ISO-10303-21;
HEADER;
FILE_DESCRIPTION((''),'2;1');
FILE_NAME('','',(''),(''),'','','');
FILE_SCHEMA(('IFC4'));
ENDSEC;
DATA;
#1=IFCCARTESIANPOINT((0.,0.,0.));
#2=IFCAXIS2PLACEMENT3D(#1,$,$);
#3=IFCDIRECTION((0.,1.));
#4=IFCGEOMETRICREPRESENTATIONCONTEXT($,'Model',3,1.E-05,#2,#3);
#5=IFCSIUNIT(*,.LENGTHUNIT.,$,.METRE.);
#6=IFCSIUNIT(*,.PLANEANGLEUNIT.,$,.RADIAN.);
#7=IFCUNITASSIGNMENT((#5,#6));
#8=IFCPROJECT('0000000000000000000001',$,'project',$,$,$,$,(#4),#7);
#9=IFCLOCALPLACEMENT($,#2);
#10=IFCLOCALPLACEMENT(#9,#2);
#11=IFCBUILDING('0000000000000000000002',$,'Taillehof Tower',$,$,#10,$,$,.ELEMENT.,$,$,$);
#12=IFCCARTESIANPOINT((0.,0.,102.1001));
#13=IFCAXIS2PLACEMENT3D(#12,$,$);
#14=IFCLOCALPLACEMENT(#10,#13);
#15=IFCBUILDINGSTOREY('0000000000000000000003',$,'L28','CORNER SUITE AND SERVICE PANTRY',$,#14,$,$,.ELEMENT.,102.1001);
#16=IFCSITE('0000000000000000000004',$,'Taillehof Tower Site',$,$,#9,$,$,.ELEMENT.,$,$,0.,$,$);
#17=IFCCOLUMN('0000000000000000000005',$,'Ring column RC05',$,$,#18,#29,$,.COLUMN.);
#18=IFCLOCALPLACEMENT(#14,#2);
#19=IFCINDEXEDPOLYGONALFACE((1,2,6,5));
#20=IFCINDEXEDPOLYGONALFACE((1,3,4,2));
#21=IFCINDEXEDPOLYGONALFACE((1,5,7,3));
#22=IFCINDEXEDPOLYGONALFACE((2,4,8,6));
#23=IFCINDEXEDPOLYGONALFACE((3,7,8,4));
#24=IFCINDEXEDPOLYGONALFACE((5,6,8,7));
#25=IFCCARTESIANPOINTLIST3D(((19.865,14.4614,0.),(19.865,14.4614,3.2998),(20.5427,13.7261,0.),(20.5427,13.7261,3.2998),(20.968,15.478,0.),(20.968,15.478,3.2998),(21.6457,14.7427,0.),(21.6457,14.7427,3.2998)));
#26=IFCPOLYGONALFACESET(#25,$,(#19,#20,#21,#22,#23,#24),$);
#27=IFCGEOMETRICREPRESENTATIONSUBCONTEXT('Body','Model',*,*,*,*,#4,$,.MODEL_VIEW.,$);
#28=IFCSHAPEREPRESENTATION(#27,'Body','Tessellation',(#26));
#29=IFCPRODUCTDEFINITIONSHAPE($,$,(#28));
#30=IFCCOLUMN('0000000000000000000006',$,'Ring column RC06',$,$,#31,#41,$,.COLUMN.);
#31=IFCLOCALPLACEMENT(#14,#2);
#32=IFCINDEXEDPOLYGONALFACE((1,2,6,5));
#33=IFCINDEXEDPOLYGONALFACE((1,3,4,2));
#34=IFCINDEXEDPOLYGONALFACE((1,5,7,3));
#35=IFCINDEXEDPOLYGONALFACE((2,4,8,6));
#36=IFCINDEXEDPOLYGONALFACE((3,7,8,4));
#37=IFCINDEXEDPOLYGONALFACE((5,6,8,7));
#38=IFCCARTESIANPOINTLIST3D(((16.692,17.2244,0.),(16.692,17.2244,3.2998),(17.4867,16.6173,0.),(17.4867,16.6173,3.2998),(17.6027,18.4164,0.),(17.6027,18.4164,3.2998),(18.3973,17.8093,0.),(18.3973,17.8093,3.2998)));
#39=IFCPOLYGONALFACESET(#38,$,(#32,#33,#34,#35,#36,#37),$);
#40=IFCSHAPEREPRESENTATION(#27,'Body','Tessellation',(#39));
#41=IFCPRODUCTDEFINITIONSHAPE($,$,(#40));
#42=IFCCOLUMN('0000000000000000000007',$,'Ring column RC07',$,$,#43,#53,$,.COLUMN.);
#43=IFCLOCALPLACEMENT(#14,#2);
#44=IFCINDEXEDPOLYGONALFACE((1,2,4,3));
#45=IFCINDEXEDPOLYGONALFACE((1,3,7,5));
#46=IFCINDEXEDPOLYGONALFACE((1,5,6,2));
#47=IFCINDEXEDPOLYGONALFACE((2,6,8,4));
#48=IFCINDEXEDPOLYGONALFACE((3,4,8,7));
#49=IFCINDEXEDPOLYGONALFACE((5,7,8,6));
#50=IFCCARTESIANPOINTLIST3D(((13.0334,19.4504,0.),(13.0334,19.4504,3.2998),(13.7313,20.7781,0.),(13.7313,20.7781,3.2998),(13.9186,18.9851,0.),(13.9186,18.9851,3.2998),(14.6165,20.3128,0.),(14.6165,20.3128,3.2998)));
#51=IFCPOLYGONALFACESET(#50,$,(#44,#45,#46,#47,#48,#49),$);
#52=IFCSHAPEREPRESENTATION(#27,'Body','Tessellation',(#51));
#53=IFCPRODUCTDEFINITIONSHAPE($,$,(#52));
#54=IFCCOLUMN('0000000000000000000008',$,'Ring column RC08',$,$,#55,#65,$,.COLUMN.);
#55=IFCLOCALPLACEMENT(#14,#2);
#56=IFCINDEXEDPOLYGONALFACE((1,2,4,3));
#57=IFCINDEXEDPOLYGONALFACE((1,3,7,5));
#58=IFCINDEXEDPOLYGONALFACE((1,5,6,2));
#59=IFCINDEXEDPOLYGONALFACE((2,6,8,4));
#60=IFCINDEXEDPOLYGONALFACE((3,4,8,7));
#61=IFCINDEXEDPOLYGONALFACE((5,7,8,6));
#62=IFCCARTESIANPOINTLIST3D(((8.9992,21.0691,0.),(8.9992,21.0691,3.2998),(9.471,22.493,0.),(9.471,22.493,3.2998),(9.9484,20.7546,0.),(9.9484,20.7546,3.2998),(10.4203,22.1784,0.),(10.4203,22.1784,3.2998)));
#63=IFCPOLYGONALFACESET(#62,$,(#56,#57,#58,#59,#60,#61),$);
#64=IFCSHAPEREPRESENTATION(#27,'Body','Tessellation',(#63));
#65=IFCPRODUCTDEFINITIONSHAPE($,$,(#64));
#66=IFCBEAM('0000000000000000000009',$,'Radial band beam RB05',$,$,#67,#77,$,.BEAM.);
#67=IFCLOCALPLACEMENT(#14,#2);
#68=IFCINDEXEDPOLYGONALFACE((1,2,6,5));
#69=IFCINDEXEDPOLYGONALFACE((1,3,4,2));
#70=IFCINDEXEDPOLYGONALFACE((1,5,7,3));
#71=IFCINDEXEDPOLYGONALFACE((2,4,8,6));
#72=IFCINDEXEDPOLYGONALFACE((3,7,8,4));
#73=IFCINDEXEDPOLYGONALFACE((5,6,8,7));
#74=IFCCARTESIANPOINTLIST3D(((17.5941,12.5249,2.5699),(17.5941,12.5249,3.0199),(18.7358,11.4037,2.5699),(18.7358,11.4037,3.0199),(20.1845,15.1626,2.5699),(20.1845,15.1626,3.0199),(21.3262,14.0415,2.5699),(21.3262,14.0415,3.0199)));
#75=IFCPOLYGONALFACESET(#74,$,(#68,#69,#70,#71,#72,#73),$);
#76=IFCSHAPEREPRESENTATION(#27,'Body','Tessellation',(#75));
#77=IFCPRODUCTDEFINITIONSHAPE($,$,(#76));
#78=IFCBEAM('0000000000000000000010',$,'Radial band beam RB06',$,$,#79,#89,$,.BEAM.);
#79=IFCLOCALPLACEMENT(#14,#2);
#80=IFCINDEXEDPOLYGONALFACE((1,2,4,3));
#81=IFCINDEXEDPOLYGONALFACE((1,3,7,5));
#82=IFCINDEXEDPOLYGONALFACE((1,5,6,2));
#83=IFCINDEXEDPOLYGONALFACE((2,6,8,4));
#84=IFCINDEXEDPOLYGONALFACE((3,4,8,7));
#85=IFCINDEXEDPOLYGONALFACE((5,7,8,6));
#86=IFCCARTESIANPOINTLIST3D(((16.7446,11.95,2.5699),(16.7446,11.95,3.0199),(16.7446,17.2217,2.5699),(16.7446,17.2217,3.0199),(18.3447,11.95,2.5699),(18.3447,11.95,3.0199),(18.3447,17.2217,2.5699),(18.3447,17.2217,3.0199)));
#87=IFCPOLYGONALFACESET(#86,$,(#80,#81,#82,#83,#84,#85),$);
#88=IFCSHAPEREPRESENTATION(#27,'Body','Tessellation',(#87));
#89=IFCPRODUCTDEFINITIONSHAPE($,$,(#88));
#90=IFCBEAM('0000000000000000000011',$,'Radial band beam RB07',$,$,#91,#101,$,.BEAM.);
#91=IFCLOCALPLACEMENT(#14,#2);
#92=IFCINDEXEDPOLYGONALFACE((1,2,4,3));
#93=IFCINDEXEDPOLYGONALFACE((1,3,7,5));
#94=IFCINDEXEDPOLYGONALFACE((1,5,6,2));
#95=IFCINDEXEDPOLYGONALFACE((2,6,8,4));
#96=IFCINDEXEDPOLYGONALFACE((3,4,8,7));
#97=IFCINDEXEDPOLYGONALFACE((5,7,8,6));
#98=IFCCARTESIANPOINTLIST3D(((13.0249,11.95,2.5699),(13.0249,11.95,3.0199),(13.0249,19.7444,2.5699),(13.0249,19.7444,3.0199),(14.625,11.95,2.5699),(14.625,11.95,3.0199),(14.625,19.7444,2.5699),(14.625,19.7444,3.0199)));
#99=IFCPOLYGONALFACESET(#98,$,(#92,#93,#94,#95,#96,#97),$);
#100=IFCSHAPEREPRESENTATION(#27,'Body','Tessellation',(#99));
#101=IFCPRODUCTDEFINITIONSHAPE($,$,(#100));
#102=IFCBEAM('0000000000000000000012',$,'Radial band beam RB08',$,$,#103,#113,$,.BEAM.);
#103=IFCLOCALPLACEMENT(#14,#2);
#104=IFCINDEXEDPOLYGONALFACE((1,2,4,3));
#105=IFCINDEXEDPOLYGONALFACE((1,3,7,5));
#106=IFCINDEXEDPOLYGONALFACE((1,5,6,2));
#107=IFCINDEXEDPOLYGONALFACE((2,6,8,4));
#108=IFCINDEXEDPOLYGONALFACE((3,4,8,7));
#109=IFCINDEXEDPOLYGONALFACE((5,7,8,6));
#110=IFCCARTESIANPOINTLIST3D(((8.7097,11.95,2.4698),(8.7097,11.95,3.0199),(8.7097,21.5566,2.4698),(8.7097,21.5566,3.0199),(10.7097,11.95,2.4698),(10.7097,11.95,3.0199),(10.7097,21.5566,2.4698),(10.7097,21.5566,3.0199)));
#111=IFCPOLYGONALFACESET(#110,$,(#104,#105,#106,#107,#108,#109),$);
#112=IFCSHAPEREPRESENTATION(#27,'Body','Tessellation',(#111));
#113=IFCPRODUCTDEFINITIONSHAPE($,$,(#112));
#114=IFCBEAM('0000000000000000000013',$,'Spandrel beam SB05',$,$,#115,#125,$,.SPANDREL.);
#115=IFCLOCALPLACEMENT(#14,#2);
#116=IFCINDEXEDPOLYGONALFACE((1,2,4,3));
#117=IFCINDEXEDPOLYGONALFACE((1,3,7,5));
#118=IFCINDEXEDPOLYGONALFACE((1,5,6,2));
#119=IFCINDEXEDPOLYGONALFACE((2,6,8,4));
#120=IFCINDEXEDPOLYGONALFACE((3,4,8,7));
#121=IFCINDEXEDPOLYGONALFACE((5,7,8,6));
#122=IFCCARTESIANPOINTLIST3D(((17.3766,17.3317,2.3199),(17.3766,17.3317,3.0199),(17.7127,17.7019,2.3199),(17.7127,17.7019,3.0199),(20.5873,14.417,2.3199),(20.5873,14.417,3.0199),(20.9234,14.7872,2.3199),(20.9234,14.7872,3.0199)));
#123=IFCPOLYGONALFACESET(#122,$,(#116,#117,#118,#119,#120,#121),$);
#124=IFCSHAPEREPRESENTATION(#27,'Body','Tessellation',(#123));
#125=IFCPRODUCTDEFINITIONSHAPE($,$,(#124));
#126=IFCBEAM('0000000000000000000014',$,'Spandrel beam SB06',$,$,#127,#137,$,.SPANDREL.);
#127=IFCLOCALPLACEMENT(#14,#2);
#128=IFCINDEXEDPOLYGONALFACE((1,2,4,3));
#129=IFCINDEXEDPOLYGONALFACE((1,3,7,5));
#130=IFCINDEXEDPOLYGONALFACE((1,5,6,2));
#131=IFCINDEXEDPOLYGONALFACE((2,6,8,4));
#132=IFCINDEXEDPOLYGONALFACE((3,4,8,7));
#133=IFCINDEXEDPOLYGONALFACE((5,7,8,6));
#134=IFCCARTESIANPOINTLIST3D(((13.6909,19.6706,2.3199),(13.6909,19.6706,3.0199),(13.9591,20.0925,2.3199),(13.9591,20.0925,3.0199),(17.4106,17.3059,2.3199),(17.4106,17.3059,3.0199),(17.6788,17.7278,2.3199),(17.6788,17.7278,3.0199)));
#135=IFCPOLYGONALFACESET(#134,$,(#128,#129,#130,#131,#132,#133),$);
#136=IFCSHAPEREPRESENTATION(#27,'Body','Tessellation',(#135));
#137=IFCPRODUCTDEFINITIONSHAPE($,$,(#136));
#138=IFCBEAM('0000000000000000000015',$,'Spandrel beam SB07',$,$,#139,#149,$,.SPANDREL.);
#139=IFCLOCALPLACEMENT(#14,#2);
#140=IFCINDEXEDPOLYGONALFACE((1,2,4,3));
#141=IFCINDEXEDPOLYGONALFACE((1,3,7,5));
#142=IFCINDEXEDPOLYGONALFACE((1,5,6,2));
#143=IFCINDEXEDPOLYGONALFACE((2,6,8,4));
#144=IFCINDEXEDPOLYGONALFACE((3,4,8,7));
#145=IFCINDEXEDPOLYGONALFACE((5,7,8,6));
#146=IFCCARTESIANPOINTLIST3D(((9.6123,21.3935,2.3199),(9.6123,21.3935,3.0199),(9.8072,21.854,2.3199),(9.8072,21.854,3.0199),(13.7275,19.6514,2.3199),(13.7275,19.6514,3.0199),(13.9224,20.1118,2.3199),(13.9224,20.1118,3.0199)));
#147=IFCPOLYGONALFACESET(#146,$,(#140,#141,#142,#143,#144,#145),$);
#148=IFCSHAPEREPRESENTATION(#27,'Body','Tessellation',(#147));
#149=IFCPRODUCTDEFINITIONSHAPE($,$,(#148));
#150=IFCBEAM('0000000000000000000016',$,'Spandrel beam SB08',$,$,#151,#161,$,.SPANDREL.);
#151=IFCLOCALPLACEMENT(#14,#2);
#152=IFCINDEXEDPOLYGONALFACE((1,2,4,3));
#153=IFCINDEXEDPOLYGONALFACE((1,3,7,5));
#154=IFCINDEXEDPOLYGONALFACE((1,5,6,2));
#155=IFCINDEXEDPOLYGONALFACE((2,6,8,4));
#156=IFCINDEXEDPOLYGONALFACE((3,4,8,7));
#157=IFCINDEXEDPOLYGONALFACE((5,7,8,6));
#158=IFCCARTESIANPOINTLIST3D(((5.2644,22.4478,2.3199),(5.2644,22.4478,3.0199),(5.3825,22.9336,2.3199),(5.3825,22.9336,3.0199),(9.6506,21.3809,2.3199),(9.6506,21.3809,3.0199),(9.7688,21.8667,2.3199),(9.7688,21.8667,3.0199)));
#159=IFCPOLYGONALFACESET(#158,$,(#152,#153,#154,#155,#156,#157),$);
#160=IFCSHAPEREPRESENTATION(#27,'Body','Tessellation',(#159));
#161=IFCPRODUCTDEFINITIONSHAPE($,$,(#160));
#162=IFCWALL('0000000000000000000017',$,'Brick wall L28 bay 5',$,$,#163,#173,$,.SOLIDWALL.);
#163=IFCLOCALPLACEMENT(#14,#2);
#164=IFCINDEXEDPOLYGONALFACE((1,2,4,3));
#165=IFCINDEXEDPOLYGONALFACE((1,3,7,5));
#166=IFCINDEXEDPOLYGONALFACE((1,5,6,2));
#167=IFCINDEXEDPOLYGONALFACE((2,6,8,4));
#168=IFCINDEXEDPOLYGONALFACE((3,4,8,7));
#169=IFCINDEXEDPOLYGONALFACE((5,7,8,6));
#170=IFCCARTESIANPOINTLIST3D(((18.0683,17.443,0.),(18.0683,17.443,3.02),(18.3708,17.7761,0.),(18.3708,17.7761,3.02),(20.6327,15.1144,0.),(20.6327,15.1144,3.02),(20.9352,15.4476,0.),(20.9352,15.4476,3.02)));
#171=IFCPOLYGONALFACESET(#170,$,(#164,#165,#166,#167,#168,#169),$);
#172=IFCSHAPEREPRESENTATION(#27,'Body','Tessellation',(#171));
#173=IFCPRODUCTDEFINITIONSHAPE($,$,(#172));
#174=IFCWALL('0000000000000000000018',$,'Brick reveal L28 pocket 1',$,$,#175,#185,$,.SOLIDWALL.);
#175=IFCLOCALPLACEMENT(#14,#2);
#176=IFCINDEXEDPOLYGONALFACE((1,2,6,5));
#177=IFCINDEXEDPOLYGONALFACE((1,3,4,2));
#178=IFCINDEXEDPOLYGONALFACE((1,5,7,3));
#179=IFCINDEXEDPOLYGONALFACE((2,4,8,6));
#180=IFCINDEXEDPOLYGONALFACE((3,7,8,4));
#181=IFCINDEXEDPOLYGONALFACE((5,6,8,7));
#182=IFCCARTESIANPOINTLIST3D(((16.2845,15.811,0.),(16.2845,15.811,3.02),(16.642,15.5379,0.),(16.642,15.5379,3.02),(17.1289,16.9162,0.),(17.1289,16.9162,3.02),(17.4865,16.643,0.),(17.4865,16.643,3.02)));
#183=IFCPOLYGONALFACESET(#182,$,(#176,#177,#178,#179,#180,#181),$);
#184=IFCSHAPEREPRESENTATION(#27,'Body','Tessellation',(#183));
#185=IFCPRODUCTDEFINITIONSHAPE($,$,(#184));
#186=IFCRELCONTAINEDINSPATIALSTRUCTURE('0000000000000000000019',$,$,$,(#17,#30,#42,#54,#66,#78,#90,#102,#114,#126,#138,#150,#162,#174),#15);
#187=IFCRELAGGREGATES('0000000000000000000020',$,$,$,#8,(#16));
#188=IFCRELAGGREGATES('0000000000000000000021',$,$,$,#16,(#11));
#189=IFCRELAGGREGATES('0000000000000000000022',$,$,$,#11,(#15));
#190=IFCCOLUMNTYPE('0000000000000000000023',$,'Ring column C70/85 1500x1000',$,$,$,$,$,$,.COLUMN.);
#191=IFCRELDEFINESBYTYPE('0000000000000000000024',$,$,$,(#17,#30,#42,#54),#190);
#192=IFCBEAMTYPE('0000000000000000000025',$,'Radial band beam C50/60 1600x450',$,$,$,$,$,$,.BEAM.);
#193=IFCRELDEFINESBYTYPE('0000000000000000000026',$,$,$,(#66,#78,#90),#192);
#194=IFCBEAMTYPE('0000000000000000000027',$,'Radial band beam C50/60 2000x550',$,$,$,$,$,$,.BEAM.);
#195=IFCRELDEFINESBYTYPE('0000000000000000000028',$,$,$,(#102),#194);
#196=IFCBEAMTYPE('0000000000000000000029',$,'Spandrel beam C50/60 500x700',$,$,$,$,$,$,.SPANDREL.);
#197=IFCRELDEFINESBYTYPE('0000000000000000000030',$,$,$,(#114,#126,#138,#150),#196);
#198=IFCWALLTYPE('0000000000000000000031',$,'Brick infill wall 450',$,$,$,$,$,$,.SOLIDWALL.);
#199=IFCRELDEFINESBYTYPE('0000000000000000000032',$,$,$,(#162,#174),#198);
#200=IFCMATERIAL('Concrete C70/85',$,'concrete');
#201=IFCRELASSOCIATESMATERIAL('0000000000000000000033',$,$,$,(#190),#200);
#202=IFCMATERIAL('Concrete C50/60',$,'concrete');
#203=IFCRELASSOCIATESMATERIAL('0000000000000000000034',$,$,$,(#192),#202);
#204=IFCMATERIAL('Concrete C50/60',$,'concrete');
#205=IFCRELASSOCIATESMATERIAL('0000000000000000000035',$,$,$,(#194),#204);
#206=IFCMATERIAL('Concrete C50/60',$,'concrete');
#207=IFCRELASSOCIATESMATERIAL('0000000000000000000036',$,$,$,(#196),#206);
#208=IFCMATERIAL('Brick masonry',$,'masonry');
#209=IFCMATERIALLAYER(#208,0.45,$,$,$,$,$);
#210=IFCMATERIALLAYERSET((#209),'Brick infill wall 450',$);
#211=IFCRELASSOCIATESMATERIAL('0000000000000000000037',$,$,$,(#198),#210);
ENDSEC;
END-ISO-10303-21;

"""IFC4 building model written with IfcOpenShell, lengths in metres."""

from ifc_helpers import new_model, si_unit, direction, frame, frame_2d, origin, origin_2d, place, context, subcontext, project, spatial, rectangle, extrude, material, layer, layer_set, material_profile, profile_set, type_object, element, save


model = new_model("IFC4")

# Units and contexts
model_context = context("Model", 3, precision=1e-05, world=origin(), true_north=direction((0.0, 1.0)))
body_context = subcontext(model_context, "Body", "Model", "MODEL_VIEW")
ifc_project = project(units=[si_unit("LENGTHUNIT", "METRE"), si_unit("PLANEANGLEUNIT", "RADIAN")], contexts=[model_context])

# Site, building, storey
site_placement = place(None, origin())
site = spatial("IfcSite", under=ifc_project, at=site_placement, Name="Taillehof Tower Site", CompositionType="ELEMENT", RefElevation=0.0)
building_placement = place(site_placement, origin())
building = spatial("IfcBuilding", under=site, at=building_placement, Name="Taillehof Tower", CompositionType="ELEMENT")
storey_placement = place(building_placement, frame((0.0, 0.0, 102.1001)))
storey = spatial("IfcBuildingStorey", under=building, at=storey_placement, Name="L28", Description="CORNER SUITE AND SERVICE PANTRY", CompositionType="ELEMENT", Elevation=102.1001)

# Columns
ifc_material_1 = material(Name="Concrete C70/85", Category="concrete")
ifc_material_profile_1 = material_profile(ifc_material_1, rectangle(XDim=1.5, YDim=1.0, at=origin_2d()), Name="RC 1500x1000")
ifc_profile_set_1 = profile_set([ifc_material_profile_1], Name="Concrete C70/85")
column_type = type_object("IfcColumnType", Name="Ring column C70/85 1500x1000", PredefinedType="COLUMN", material=ifc_profile_set_1)
for number, where, z_axis, x_axis, name in (
    (1, (20.7554, 14.6021, 0.0), (0.0, 0.0, 1.0), (0.735332, 0.677707, 0.0), "Ring column RC05"),
    (2, (17.5447, 17.5168, 0.0), (0.0, 0.0, 1.0), (0.607074, 0.794645, 0.0), "Ring column RC06"),
    (3, (13.825, 19.8816, 0.0), (0.0, 0.0, 1.0), (0.465283, 0.885162, 0.0), "Ring column RC07"),
    (4, (9.7097, 21.6238, 0.0), (0.0, 0.0, 1.0), (0.314555, 0.949239, 0.0), "Ring column RC08"),
):
    element("IfcColumn", number, at=place(storey_placement, frame(where, z_axis=z_axis, x_axis=x_axis)), inside=storey, type_object=column_type, Name=name, PredefinedType="COLUMN", context=body_context, shape_type="SweptSolid", body=[
        extrude(rectangle(XDim=1.5, YDim=1.0, at=origin_2d()), origin(), (0.0, 0.0, 1.0), 3.2998),
    ])

# Beams
ifc_material_2 = material(Name="Concrete C50/60", Category="concrete")
ifc_material_profile_2 = material_profile(ifc_material_2, rectangle(XDim=1.6001, YDim=0.45, at=origin_2d()), Name="RC 1600x450")
ifc_profile_set_2 = profile_set([ifc_material_profile_2], Name="Concrete C50/60")
beam_type_1 = type_object("IfcBeamType", Name="Radial band beam C50/60 1600x450", PredefinedType="BEAM", material=ifc_profile_set_2)
beam_1_placement = place(storey_placement, frame((20.7554, 14.6021, 2.7949), z_axis=(-0.700672, -0.713484, 0.0), x_axis=(0.713484, -0.700672, 0.0)))
element("IfcBeam", 5, at=beam_1_placement, inside=storey, type_object=beam_type_1, Name="Radial band beam RB05", PredefinedType="BEAM", context=body_context, shape_type="SweptSolid", body=[
    extrude(rectangle(XDim=1.6001, YDim=0.45, at=origin_2d()), origin(), (0.0, 0.0, 1.0), 3.697),
])
beam_2_placement = place(storey_placement, frame((17.5447, 17.2217, 2.7949), z_axis=(0.0, -1.0, 0.0), x_axis=(1.0, 0.0, 0.0)))
element("IfcBeam", 6, at=beam_2_placement, inside=storey, type_object=beam_type_1, Name="Radial band beam RB06", PredefinedType="BEAM", context=body_context, shape_type="SweptSolid", body=[
    extrude(rectangle(XDim=1.6001, YDim=0.45, at=origin_2d()), origin(), (0.0, 0.0, 1.0), 5.2717),
])
beam_3_placement = place(storey_placement, frame((13.825, 19.7444, 2.7949), z_axis=(0.0, -1.0, 0.0), x_axis=(1.0, 0.0, 0.0)))
element("IfcBeam", 7, at=beam_3_placement, inside=storey, type_object=beam_type_1, Name="Radial band beam RB07", PredefinedType="BEAM", context=body_context, shape_type="SweptSolid", body=[
    extrude(rectangle(XDim=1.6001, YDim=0.45, at=origin_2d()), origin(), (0.0, 0.0, 1.0), 7.7944),
])
ifc_material_3 = material(Name="Concrete C50/60", Category="concrete")
ifc_material_profile_3 = material_profile(ifc_material_3, rectangle(XDim=2.0, YDim=0.55, at=origin_2d()), Name="RC 2000x550")
ifc_profile_set_3 = profile_set([ifc_material_profile_3], Name="Concrete C50/60")
beam_type_2 = type_object("IfcBeamType", Name="Radial band beam C50/60 2000x550", PredefinedType="BEAM", material=ifc_profile_set_3)
beam_4_placement = place(storey_placement, frame((9.7097, 21.5566, 2.7449), z_axis=(0.0, -1.0, 0.0), x_axis=(1.0, 0.0, 0.0)))
element("IfcBeam", 8, at=beam_4_placement, inside=storey, type_object=beam_type_2, Name="Radial band beam RB08", PredefinedType="BEAM", context=body_context, shape_type="SweptSolid", body=[
    extrude(rectangle(XDim=2.0, YDim=0.55, at=origin_2d()), origin(), (0.0, 0.0, 1.0), 9.6067),
])
ifc_material_4 = material(Name="Concrete C50/60", Category="concrete")
ifc_material_profile_4 = material_profile(ifc_material_4, rectangle(XDim=0.5, YDim=0.7, at=origin_2d()), Name="RC 500x700")
ifc_profile_set_4 = profile_set([ifc_material_profile_4], Name="Concrete C50/60")
beam_type_3 = type_object("IfcBeamType", Name="Spandrel beam C50/60 500x700", PredefinedType="SPANDREL", material=ifc_profile_set_4)
beam_5_placement = place(storey_placement, frame((20.7554, 14.6021, 2.6699), z_axis=(-0.740401, 0.672165, 0.0), x_axis=(-0.672165, -0.740401, 0.0)))
element("IfcBeam", 9, at=beam_5_placement, inside=storey, type_object=beam_type_3, Name="Spandrel beam SB05", PredefinedType="SPANDREL", context=body_context, shape_type="SweptSolid", body=[
    extrude(rectangle(XDim=0.5, YDim=0.7, at=origin_2d()), origin(), (0.0, 0.0, 1.0), 4.3364),
])
beam_6_placement = place(storey_placement, frame((17.5447, 17.5168, 2.6699), z_axis=(-0.843903, 0.536496, 0.0), x_axis=(-0.536496, -0.843903, 0.0)))
element("IfcBeam", 10, at=beam_6_placement, inside=storey, type_object=beam_type_3, Name="Spandrel beam SB06", PredefinedType="SPANDREL", context=body_context, shape_type="SweptSolid", body=[
    extrude(rectangle(XDim=0.5, YDim=0.7, at=origin_2d()), origin(), (0.0, 0.0, 1.0), 4.4077),
])
beam_7_placement = place(storey_placement, frame((13.825, 19.8816, 2.6699), z_axis=(-0.920877, 0.389854, 0.0), x_axis=(-0.389854, -0.920877, 0.0)))
element("IfcBeam", 11, at=beam_7_placement, inside=storey, type_object=beam_type_3, Name="Spandrel beam SB07", PredefinedType="SPANDREL", context=body_context, shape_type="SweptSolid", body=[
    extrude(rectangle(XDim=0.5, YDim=0.7, at=origin_2d()), origin(), (0.0, 0.0, 1.0), 4.4688),
])
beam_8_placement = place(storey_placement, frame((9.7097, 21.6238, 2.6699), z_axis=(-0.971669, 0.236346, 0.0), x_axis=(-0.236346, -0.971669, 0.0)))
element("IfcBeam", 12, at=beam_8_placement, inside=storey, type_object=beam_type_3, Name="Spandrel beam SB08", PredefinedType="SPANDREL", context=body_context, shape_type="SweptSolid", body=[
    extrude(rectangle(XDim=0.5, YDim=0.7, at=origin_2d()), origin(), (0.0, 0.0, 1.0), 4.5142),
])

# Walls
ifc_material_5 = material(Name="Brick masonry", Category="masonry")
ifc_layer_1 = layer(ifc_material_5, 0.45)
ifc_layer_set_1 = layer_set([ifc_layer_1], Name="Brick infill wall 450")
wall_type_1 = type_object("IfcWallType", Name="Brick infill wall 450", PredefinedType="SOLIDWALL", material=ifc_layer_set_1)
wall_1_placement = place(storey_placement, frame((20.7839, 15.281, 0.0), z_axis=(0.0, 0.0, 1.0), x_axis=(-0.740329, 0.672245, 0.0)))
element("IfcWall", 13, at=wall_1_placement, inside=storey, type_object=wall_type_1, Name="Brick wall L28 bay 5", PredefinedType="SOLIDWALL", context=body_context, shape_type="SweptSolid", body=[
    extrude(rectangle(XDim=3.4639, YDim=0.45, at=frame_2d((1.7319, 0.0))), origin(), (0.0, 0.0, 1.0), 3.02),
])
wall_2_placement = place(storey_placement, frame((17.3076, 16.7795, 0.0), z_axis=(0.0, 0.0, 1.0), x_axis=(-0.607137, -0.794597, 0.0)))
element("IfcWall", 14, at=wall_2_placement, inside=storey, type_object=wall_type_1, Name="Brick reveal L28 pocket 1", PredefinedType="SOLIDWALL", context=body_context, shape_type="SweptSolid", body=[
    extrude(rectangle(XDim=1.3909, YDim=0.45, at=frame_2d((0.6953, 0.0))), origin(), (0.0, 0.0, 1.0), 3.02),
])

save(model, "model.ifc")
